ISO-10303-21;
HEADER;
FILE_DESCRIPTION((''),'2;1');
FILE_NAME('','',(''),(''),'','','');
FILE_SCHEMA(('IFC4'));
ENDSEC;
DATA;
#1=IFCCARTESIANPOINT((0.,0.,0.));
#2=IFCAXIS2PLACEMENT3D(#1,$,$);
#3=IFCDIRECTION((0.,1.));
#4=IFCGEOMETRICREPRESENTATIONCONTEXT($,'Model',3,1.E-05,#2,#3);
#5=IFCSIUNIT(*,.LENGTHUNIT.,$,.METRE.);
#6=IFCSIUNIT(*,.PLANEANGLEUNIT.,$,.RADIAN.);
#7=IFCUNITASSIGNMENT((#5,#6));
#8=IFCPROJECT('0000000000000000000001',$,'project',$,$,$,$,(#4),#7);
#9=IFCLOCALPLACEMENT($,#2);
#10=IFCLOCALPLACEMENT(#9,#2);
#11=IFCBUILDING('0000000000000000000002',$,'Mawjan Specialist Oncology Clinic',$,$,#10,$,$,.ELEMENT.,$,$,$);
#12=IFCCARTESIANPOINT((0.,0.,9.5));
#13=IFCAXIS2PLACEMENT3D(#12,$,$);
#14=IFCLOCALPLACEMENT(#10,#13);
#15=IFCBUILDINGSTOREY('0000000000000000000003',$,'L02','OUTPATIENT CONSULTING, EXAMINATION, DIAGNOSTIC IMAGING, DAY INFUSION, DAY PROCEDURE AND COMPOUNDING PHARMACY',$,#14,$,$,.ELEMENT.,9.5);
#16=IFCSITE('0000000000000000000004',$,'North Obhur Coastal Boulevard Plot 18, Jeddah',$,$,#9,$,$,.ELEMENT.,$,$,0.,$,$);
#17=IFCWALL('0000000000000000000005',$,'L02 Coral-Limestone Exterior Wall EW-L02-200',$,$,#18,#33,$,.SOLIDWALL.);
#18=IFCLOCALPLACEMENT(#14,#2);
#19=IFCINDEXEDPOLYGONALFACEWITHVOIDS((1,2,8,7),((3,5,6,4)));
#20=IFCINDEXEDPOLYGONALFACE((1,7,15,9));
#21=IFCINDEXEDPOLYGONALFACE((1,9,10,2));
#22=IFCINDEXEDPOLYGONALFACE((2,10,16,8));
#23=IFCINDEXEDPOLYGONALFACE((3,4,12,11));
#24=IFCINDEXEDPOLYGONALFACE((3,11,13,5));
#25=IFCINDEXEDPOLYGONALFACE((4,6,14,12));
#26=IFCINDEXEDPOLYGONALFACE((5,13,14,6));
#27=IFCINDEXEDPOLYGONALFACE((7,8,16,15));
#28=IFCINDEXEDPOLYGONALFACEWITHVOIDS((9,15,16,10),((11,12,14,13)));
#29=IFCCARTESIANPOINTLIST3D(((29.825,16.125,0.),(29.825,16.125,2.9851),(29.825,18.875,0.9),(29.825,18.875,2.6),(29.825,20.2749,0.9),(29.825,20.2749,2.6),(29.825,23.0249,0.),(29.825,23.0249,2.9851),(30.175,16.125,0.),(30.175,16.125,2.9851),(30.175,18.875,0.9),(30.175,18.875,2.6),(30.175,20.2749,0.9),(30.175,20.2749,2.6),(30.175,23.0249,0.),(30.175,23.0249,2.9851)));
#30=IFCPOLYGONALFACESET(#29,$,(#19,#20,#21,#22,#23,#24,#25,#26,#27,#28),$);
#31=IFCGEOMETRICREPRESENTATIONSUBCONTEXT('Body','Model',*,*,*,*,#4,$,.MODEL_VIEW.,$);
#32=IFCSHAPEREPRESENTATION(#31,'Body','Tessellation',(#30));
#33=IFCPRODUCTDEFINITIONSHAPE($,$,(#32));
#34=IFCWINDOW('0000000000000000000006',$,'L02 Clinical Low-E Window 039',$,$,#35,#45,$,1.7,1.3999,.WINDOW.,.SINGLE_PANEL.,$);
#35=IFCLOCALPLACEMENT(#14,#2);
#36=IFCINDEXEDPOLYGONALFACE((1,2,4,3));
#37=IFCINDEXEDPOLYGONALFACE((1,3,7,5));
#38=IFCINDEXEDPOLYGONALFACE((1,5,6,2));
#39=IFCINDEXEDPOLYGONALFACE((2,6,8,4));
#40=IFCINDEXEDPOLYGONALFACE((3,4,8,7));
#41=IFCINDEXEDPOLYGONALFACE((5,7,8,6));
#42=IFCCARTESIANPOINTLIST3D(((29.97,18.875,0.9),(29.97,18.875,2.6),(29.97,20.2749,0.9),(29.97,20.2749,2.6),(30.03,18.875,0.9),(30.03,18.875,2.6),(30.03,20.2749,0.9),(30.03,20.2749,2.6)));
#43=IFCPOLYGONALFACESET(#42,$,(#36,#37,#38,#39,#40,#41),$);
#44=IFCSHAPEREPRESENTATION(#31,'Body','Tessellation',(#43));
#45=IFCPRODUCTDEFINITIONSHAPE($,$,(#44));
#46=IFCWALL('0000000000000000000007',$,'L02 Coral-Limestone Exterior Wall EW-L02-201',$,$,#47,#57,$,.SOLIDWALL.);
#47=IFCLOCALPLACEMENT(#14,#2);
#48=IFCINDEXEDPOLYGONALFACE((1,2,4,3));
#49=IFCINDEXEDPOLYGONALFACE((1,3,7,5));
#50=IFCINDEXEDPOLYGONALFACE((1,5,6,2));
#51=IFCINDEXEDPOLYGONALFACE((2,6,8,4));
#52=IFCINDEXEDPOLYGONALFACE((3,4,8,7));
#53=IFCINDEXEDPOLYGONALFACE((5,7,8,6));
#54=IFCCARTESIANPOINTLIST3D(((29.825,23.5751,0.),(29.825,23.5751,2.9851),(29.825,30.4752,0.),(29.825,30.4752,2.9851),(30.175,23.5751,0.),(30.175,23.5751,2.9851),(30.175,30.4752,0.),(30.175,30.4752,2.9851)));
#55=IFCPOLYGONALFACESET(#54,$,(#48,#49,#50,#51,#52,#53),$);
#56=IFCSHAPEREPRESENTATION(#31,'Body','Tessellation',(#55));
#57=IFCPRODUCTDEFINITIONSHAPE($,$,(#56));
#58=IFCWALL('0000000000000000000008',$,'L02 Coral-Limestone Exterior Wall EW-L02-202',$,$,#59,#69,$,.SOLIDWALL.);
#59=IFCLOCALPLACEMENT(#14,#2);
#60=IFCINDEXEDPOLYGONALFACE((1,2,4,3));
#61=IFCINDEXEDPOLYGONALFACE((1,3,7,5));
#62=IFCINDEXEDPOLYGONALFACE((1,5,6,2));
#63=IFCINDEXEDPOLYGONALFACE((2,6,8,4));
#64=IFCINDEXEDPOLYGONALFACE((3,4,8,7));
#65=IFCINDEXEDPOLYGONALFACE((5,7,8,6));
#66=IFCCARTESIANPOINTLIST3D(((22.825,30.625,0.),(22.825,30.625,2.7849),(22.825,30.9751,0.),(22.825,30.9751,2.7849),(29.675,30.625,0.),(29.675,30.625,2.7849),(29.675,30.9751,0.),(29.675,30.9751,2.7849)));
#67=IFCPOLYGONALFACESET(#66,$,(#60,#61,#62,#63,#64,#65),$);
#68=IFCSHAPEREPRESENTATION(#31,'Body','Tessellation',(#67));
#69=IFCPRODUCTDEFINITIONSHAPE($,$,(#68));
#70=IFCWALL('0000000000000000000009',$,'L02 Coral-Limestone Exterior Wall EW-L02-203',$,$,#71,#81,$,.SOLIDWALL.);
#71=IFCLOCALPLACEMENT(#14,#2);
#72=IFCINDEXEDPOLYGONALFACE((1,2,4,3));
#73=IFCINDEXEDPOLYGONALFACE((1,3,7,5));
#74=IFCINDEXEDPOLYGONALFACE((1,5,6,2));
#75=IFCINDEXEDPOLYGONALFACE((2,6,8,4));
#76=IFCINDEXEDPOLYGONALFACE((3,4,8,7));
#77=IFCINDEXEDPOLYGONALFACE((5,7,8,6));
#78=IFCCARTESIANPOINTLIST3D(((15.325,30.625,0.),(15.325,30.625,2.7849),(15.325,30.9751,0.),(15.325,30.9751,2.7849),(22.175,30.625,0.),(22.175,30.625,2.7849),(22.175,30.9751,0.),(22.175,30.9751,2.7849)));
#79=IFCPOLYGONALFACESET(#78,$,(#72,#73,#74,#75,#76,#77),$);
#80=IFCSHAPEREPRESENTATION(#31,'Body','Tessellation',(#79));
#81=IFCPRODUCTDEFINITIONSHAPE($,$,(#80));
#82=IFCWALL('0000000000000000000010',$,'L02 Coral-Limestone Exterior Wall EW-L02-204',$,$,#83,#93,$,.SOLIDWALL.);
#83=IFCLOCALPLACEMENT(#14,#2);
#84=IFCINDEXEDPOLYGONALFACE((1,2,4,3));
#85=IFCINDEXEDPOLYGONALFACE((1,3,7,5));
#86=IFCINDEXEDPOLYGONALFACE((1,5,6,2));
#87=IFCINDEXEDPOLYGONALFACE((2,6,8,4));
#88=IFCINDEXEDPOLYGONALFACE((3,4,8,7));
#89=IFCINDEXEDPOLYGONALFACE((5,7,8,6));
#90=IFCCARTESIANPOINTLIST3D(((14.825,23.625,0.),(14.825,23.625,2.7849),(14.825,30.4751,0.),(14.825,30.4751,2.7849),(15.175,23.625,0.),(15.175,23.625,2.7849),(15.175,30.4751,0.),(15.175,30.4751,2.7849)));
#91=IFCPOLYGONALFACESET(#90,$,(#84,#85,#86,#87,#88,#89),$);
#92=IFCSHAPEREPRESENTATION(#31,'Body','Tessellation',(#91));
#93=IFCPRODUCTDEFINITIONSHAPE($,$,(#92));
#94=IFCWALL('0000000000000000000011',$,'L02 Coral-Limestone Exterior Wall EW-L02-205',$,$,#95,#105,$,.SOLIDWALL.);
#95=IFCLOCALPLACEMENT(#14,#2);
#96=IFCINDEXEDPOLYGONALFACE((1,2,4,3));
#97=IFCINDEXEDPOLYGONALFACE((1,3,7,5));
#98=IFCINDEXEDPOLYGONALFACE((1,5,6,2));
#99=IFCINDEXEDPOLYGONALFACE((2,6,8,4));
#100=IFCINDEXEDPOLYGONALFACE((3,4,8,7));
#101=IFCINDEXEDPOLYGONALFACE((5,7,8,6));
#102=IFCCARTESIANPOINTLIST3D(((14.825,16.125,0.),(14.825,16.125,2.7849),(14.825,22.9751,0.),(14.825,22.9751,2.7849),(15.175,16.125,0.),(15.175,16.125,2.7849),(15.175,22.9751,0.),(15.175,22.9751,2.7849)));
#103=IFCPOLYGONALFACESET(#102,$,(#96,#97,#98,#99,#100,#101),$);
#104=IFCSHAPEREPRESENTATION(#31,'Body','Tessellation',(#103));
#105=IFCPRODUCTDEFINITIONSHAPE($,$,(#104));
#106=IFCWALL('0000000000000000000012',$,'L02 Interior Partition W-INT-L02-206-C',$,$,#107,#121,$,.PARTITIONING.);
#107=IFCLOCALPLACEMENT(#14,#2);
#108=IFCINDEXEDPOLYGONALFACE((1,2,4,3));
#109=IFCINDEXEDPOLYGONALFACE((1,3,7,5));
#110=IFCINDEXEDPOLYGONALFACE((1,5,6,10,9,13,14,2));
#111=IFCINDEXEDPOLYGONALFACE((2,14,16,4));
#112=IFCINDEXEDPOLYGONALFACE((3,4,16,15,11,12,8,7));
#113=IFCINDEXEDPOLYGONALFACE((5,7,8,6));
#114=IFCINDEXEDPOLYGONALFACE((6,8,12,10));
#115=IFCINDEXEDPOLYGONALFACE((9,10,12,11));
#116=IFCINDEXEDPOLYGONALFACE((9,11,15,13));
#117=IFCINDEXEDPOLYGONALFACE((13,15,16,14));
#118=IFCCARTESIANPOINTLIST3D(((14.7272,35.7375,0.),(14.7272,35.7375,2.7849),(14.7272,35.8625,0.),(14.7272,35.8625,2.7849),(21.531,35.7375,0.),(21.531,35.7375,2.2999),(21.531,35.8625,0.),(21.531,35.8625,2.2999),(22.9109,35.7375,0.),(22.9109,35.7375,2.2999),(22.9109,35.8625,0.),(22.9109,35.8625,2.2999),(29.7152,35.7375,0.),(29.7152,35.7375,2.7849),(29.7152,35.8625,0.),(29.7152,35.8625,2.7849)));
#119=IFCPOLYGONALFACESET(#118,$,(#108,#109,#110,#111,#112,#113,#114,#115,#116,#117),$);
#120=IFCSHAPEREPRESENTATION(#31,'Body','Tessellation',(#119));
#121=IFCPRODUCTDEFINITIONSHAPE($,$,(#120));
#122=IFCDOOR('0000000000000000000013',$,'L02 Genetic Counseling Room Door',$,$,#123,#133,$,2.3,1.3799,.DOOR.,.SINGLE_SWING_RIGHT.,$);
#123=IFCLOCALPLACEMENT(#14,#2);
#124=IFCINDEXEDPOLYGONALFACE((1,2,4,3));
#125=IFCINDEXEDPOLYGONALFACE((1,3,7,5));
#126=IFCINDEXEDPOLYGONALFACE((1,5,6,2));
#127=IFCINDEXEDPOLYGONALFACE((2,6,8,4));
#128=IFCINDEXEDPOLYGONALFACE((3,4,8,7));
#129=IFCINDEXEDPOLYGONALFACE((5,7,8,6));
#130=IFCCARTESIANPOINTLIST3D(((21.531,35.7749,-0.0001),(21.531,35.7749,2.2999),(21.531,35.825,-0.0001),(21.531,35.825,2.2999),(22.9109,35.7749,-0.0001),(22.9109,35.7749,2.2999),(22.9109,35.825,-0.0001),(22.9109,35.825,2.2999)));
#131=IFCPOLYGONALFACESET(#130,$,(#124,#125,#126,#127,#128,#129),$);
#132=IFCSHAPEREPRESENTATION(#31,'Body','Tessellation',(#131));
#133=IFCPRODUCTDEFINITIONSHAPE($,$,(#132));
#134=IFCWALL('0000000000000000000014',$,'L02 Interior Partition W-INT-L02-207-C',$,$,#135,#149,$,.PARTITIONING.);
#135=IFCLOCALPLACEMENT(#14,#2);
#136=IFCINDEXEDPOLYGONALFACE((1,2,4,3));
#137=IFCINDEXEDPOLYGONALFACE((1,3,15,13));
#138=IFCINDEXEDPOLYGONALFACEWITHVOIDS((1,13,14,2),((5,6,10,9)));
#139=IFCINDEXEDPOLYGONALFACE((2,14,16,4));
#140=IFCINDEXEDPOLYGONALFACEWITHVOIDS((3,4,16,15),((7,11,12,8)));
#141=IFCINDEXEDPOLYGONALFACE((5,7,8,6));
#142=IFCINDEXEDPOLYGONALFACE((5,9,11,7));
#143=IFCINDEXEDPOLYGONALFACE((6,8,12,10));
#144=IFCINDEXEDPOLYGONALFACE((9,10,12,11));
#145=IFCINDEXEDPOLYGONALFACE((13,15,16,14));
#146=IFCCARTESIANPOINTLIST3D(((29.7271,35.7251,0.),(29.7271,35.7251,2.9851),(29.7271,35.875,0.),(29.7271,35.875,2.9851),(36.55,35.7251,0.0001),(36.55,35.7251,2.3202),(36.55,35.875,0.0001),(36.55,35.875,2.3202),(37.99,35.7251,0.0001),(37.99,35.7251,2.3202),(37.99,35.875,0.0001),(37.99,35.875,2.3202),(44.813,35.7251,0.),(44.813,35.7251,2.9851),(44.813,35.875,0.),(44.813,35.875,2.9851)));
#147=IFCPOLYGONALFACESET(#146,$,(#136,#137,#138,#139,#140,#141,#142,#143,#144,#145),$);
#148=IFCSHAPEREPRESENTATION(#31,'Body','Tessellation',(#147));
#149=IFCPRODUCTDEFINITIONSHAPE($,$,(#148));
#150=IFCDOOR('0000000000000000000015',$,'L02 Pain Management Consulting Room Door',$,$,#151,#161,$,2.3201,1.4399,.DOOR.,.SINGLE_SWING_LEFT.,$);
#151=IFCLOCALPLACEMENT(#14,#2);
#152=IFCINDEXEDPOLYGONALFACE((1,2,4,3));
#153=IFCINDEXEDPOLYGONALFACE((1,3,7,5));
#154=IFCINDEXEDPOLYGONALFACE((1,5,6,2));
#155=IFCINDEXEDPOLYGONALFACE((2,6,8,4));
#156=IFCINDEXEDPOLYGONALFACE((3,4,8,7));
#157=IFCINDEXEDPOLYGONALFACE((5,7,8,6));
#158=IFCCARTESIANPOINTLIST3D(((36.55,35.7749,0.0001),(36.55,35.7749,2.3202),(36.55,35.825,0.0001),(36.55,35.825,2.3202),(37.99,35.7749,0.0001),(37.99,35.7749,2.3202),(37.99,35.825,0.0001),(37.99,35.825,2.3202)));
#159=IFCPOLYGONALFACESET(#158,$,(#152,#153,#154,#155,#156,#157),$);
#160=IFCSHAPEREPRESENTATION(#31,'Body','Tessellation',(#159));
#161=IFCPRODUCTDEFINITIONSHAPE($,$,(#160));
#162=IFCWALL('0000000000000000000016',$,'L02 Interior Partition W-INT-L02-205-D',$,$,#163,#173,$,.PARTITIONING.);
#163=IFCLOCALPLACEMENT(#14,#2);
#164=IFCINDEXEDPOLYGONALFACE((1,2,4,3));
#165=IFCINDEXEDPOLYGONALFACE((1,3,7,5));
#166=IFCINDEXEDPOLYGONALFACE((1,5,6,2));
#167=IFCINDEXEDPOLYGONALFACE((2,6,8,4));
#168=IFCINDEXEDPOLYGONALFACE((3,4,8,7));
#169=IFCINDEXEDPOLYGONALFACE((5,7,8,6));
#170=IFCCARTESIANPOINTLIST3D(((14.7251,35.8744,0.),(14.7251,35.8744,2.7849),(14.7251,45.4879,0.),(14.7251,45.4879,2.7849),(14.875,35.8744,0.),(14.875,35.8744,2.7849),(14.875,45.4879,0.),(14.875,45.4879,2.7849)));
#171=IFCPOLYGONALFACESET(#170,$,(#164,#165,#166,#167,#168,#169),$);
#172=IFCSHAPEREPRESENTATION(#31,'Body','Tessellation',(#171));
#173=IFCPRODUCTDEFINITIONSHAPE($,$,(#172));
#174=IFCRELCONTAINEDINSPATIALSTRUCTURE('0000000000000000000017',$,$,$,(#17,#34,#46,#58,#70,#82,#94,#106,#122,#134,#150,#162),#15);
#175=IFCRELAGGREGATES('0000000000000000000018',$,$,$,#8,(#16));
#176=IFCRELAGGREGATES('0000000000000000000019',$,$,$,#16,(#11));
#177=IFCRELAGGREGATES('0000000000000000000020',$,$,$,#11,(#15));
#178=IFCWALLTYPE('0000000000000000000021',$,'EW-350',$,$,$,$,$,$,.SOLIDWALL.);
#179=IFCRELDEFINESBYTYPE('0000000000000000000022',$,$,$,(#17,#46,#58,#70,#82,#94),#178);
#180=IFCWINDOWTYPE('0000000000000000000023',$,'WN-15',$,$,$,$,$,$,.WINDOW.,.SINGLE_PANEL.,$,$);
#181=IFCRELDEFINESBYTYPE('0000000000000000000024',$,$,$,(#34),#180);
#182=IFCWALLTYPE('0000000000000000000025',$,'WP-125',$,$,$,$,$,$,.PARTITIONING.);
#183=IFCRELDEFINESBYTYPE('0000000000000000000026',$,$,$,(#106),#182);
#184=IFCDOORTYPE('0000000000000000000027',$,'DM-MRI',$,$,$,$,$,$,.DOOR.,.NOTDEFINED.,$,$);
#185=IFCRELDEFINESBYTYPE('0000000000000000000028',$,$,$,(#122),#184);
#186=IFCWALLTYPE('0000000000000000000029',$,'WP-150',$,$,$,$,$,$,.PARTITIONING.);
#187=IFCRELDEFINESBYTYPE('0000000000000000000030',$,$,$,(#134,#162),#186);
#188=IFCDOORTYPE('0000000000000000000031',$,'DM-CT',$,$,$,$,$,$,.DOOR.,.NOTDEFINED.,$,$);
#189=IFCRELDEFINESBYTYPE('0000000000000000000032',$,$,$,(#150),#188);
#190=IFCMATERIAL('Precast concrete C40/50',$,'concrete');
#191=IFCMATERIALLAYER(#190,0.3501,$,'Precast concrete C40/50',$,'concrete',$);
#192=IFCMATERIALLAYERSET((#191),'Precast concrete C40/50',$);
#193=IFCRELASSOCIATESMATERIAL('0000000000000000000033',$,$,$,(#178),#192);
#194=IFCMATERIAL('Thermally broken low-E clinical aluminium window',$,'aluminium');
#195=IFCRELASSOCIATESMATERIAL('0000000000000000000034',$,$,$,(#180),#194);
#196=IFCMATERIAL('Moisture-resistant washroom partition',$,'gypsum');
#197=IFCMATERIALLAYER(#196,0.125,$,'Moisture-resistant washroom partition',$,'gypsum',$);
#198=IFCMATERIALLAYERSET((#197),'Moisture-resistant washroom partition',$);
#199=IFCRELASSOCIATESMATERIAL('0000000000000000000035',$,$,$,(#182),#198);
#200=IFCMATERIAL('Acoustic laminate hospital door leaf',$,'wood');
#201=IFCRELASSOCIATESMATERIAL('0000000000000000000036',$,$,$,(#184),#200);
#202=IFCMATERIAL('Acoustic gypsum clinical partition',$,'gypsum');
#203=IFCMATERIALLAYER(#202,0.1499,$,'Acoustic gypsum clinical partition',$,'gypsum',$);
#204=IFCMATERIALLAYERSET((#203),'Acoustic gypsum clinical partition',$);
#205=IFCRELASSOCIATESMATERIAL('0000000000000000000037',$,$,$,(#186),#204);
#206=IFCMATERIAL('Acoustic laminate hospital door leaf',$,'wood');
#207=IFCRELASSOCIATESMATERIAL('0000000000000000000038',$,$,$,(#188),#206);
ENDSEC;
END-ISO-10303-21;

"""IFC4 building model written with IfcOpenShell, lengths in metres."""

from ifc_helpers import new_model, si_unit, direction, frame, frame_2d, origin, place, context, subcontext, project, spatial, rectangle, extrude, material, layer, layer_set, type_object, element, fill, save


model = new_model("IFC4")

# Units and contexts
model_context = context("Model", 3, precision=1e-05, world=origin(), true_north=direction((0.0, 1.0)))
body_context = subcontext(model_context, "Body", "Model", "MODEL_VIEW")
ifc_project = project(units=[si_unit("LENGTHUNIT", "METRE"), si_unit("PLANEANGLEUNIT", "RADIAN")], contexts=[model_context])

# Site, building, storey
site_placement = place(None, origin())
site = spatial("IfcSite", under=ifc_project, at=site_placement, Name="North Obhur Coastal Boulevard Plot 18, Jeddah", CompositionType="ELEMENT", RefElevation=0.0)
building_placement = place(site_placement, origin())
building = spatial("IfcBuilding", under=site, at=building_placement, Name="Mawjan Specialist Oncology Clinic", CompositionType="ELEMENT")
storey_placement = place(building_placement, frame((0.0, 0.0, 9.5)))
storey = spatial("IfcBuildingStorey", under=building, at=storey_placement, Name="L02", Description="OUTPATIENT CONSULTING, EXAMINATION, DIAGNOSTIC IMAGING, DAY INFUSION, DAY PROCEDURE AND COMPOUNDING PHARMACY", CompositionType="ELEMENT", Elevation=9.5)

# Wall, opening, window
ifc_material_1 = material(Name="Precast concrete C40/50", Category="concrete")
ifc_layer_1 = layer(ifc_material_1, 0.3501, Name="Precast concrete C40/50", Category="concrete")
ifc_layer_set_1 = layer_set([ifc_layer_1], Name="Precast concrete C40/50")
wall_type_1 = type_object("IfcWallType", Name="EW-350", PredefinedType="SOLIDWALL", material=ifc_layer_set_1)
wall_1_placement = place(storey_placement, frame((30.0, 16.125, 0.0), z_axis=(0.0, 0.0, 1.0), x_axis=(0.0, 1.0, 0.0)))
wall_1 = element("IfcWall", 1, at=wall_1_placement, inside=storey, type_object=wall_type_1, Name="L02 Coral-Limestone Exterior Wall EW-L02-200", PredefinedType="SOLIDWALL", context=body_context, shape_type="SweptSolid", body=[
    extrude(rectangle(XDim=6.8999, YDim=0.3501, at=frame_2d((3.45, 0.0))), origin(), (0.0, 0.0, 1.0), 2.9851),
])
opening_1_placement = place(wall_1_placement, frame((2.75, 0.0, 0.8999)))
opening_1 = element("IfcOpeningElement", 2, at=opening_1_placement, cuts=wall_1, PredefinedType="OPENING", context=body_context, shape_type="SweptSolid", body=[
    extrude(rectangle(XDim=1.3999, YDim=1.7, at=frame_2d((0.7, 0.8501))), frame((0.0, 0.187, 0.0), z_axis=(0.0, -1.0, 0.0), x_axis=(1.0, 0.0, 0.0)), (0.0, 0.0, 1.0), 0.374),
])
ifc_material_2 = material(Name="Thermally broken low-E clinical aluminium window", Category="aluminium")
window_type = type_object("IfcWindowType", Name="WN-15", PartitioningType="SINGLE_PANEL", PredefinedType="WINDOW", material=ifc_material_2)
window_placement = place(opening_1_placement, origin())
window = element("IfcWindow", 3, at=window_placement, inside=storey, type_object=window_type, Name="L02 Clinical Low-E Window 039", OverallHeight=1.7, OverallWidth=1.3999, PartitioningType="SINGLE_PANEL", PredefinedType="WINDOW", context=body_context, shape_type="SweptSolid", body=[
    extrude(rectangle(XDim=1.3999, YDim=1.7, at=frame_2d((0.7, 0.8501))), frame((0.0, 0.03, 0.0), z_axis=(0.0, -1.0, 0.0), x_axis=(1.0, 0.0, 0.0)), (0.0, 0.0, 1.0), 0.0601),
])
fill(opening_1, window)

# Walls
wall_2_placement = place(storey_placement, frame((30.0, 23.575, 0.0), z_axis=(0.0, 0.0, 1.0), x_axis=(0.0, 1.0, 0.0)))
element("IfcWall", 4, at=wall_2_placement, inside=storey, type_object=wall_type_1, Name="L02 Coral-Limestone Exterior Wall EW-L02-201", PredefinedType="SOLIDWALL", context=body_context, shape_type="SweptSolid", body=[
    extrude(rectangle(XDim=6.9001, YDim=0.3501, at=frame_2d((3.4502, 0.0))), origin(), (0.0, 0.0, 1.0), 2.9851),
])
for number, where, z_axis, x_axis, name in (
    (5, (29.675, 30.8, 0.0), (0.0, 0.0, 1.0), (-1.0, 0.0, 0.0), "L02 Coral-Limestone Exterior Wall EW-L02-202"),
    (6, (22.175, 30.8, 0.0), (0.0, 0.0, 1.0), (-1.0, 0.0, 0.0), "L02 Coral-Limestone Exterior Wall EW-L02-203"),
    (7, (15.0, 30.4751, 0.0), (0.0, 0.0, 1.0), (0.0, -1.0, 0.0), "L02 Coral-Limestone Exterior Wall EW-L02-204"),
    (8, (15.0, 22.9751, 0.0), (0.0, 0.0, 1.0), (0.0, -1.0, 0.0), "L02 Coral-Limestone Exterior Wall EW-L02-205"),
):
    element("IfcWall", number, at=place(storey_placement, frame(where, z_axis=z_axis, x_axis=x_axis)), inside=storey, type_object=wall_type_1, Name=name, PredefinedType="SOLIDWALL", context=body_context, shape_type="SweptSolid", body=[
        extrude(rectangle(XDim=6.8501, YDim=0.3501, at=frame_2d((3.425, 0.0))), origin(), (0.0, 0.0, 1.0), 2.7849),
    ])

# Walls, openings, doors
ifc_material_3 = material(Name="Moisture-resistant washroom partition", Category="gypsum")
ifc_layer_2 = layer(ifc_material_3, 0.125, Name="Moisture-resistant washroom partition", Category="gypsum")
ifc_layer_set_2 = layer_set([ifc_layer_2], Name="Moisture-resistant washroom partition")
wall_type_2 = type_object("IfcWallType", Name="WP-125", PredefinedType="PARTITIONING", material=ifc_layer_set_2)
wall_3_placement = place(storey_placement, frame((14.7271, 35.8, 0.0), z_axis=(0.0, 0.0, 1.0), x_axis=(1.0, 0.0, 0.0)))
wall_3 = element("IfcWall", 9, at=wall_3_placement, inside=storey, type_object=wall_type_2, Name="L02 Interior Partition W-INT-L02-206-C", PredefinedType="PARTITIONING", context=body_context, shape_type="SweptSolid", body=[
    extrude(rectangle(XDim=14.988, YDim=0.125, at=frame_2d((7.4941, 0.0))), origin(), (0.0, 0.0, 1.0), 2.7849),
])
opening_2_placement = place(wall_3_placement, frame((6.804, 0.0, 0.0)))
opening_2 = element("IfcOpeningElement", 10, at=opening_2_placement, cuts=wall_3, PredefinedType="OPENING", context=body_context, shape_type="SweptSolid", body=[
    extrude(rectangle(XDim=1.3799, YDim=2.3, at=frame_2d((0.6899, 1.1499))), frame((0.0, 0.0745, 0.0), z_axis=(0.0, -1.0, 0.0), x_axis=(1.0, 0.0, 0.0)), (0.0, 0.0, 1.0), 0.1489),
])
ifc_material_4 = material(Name="Acoustic laminate hospital door leaf", Category="wood")
door_type_1 = type_object("IfcDoorType", Name="DM-MRI", OperationType="NOTDEFINED", PredefinedType="DOOR", material=ifc_material_4)
door_1_placement = place(opening_2_placement, origin())
door_1 = element("IfcDoor", 11, at=door_1_placement, inside=storey, type_object=door_type_1, Name="L02 Genetic Counseling Room Door", OperationType="SINGLE_SWING_RIGHT", OverallHeight=2.3, OverallWidth=1.3799, PredefinedType="DOOR", context=body_context, shape_type="SweptSolid", body=[
    extrude(rectangle(XDim=1.3799, YDim=2.3, at=frame_2d((0.6899, 1.1499))), frame((0.0, 0.0249, 0.0), z_axis=(0.0, -1.0, 0.0), x_axis=(1.0, 0.0, 0.0)), (0.0, 0.0, 1.0), 0.05),
])
fill(opening_2, door_1)
ifc_material_5 = material(Name="Acoustic gypsum clinical partition", Category="gypsum")
ifc_layer_3 = layer(ifc_material_5, 0.1499, Name="Acoustic gypsum clinical partition", Category="gypsum")
ifc_layer_set_3 = layer_set([ifc_layer_3], Name="Acoustic gypsum clinical partition")
wall_type_3 = type_object("IfcWallType", Name="WP-150", PredefinedType="PARTITIONING", material=ifc_layer_set_3)
wall_4_placement = place(storey_placement, frame((29.7271, 35.8, 0.0), z_axis=(0.0, 0.0, 1.0), x_axis=(1.0, 0.0, 0.0)))
wall_4 = element("IfcWall", 12, at=wall_4_placement, inside=storey, type_object=wall_type_3, Name="L02 Interior Partition W-INT-L02-207-C", PredefinedType="PARTITIONING", context=body_context, shape_type="SweptSolid", body=[
    extrude(rectangle(XDim=15.0859, YDim=0.1499, at=frame_2d((7.543, 0.0))), origin(), (0.0, 0.0, 1.0), 2.9851),
])
opening_3_placement = place(wall_4_placement, frame((6.823, 0.0, 0.0)))
opening_3 = element("IfcOpeningElement", 13, at=opening_3_placement, cuts=wall_4, PredefinedType="OPENING", context=body_context, shape_type="SweptSolid", body=[
    extrude(rectangle(XDim=1.4399, YDim=2.3201, at=frame_2d((0.72, 1.1602))), frame((0.0, 0.0869, 0.0), z_axis=(0.0, -1.0, 0.0), x_axis=(1.0, 0.0, 0.0)), (0.0, 0.0, 1.0), 0.1738),
])
ifc_material_6 = material(Name="Acoustic laminate hospital door leaf", Category="wood")
door_type_2 = type_object("IfcDoorType", Name="DM-CT", OperationType="NOTDEFINED", PredefinedType="DOOR", material=ifc_material_6)
door_2_placement = place(opening_3_placement, origin())
door_2 = element("IfcDoor", 14, at=door_2_placement, inside=storey, type_object=door_type_2, Name="L02 Pain Management Consulting Room Door", OperationType="SINGLE_SWING_LEFT", OverallHeight=2.3201, OverallWidth=1.4399, PredefinedType="DOOR", context=body_context, shape_type="SweptSolid", body=[
    extrude(rectangle(XDim=1.4399, YDim=2.3201, at=frame_2d((0.72, 1.1602))), frame((0.0, 0.0249, 0.0), z_axis=(0.0, -1.0, 0.0), x_axis=(1.0, 0.0, 0.0)), (0.0, 0.0, 1.0), 0.05),
])
fill(opening_3, door_2)

# Wall
wall_5_placement = place(storey_placement, frame((14.8, 35.8745, 0.0), z_axis=(0.0, 0.0, 1.0), x_axis=(0.0, 1.0, 0.0)))
element("IfcWall", 15, at=wall_5_placement, inside=storey, type_object=wall_type_3, Name="L02 Interior Partition W-INT-L02-205-D", PredefinedType="PARTITIONING", context=body_context, shape_type="SweptSolid", body=[
    extrude(rectangle(XDim=9.6135, YDim=0.1499, at=frame_2d((4.8066, 0.0))), origin(), (0.0, 0.0, 1.0), 2.7849),
])

save(model, "model.ifc")
